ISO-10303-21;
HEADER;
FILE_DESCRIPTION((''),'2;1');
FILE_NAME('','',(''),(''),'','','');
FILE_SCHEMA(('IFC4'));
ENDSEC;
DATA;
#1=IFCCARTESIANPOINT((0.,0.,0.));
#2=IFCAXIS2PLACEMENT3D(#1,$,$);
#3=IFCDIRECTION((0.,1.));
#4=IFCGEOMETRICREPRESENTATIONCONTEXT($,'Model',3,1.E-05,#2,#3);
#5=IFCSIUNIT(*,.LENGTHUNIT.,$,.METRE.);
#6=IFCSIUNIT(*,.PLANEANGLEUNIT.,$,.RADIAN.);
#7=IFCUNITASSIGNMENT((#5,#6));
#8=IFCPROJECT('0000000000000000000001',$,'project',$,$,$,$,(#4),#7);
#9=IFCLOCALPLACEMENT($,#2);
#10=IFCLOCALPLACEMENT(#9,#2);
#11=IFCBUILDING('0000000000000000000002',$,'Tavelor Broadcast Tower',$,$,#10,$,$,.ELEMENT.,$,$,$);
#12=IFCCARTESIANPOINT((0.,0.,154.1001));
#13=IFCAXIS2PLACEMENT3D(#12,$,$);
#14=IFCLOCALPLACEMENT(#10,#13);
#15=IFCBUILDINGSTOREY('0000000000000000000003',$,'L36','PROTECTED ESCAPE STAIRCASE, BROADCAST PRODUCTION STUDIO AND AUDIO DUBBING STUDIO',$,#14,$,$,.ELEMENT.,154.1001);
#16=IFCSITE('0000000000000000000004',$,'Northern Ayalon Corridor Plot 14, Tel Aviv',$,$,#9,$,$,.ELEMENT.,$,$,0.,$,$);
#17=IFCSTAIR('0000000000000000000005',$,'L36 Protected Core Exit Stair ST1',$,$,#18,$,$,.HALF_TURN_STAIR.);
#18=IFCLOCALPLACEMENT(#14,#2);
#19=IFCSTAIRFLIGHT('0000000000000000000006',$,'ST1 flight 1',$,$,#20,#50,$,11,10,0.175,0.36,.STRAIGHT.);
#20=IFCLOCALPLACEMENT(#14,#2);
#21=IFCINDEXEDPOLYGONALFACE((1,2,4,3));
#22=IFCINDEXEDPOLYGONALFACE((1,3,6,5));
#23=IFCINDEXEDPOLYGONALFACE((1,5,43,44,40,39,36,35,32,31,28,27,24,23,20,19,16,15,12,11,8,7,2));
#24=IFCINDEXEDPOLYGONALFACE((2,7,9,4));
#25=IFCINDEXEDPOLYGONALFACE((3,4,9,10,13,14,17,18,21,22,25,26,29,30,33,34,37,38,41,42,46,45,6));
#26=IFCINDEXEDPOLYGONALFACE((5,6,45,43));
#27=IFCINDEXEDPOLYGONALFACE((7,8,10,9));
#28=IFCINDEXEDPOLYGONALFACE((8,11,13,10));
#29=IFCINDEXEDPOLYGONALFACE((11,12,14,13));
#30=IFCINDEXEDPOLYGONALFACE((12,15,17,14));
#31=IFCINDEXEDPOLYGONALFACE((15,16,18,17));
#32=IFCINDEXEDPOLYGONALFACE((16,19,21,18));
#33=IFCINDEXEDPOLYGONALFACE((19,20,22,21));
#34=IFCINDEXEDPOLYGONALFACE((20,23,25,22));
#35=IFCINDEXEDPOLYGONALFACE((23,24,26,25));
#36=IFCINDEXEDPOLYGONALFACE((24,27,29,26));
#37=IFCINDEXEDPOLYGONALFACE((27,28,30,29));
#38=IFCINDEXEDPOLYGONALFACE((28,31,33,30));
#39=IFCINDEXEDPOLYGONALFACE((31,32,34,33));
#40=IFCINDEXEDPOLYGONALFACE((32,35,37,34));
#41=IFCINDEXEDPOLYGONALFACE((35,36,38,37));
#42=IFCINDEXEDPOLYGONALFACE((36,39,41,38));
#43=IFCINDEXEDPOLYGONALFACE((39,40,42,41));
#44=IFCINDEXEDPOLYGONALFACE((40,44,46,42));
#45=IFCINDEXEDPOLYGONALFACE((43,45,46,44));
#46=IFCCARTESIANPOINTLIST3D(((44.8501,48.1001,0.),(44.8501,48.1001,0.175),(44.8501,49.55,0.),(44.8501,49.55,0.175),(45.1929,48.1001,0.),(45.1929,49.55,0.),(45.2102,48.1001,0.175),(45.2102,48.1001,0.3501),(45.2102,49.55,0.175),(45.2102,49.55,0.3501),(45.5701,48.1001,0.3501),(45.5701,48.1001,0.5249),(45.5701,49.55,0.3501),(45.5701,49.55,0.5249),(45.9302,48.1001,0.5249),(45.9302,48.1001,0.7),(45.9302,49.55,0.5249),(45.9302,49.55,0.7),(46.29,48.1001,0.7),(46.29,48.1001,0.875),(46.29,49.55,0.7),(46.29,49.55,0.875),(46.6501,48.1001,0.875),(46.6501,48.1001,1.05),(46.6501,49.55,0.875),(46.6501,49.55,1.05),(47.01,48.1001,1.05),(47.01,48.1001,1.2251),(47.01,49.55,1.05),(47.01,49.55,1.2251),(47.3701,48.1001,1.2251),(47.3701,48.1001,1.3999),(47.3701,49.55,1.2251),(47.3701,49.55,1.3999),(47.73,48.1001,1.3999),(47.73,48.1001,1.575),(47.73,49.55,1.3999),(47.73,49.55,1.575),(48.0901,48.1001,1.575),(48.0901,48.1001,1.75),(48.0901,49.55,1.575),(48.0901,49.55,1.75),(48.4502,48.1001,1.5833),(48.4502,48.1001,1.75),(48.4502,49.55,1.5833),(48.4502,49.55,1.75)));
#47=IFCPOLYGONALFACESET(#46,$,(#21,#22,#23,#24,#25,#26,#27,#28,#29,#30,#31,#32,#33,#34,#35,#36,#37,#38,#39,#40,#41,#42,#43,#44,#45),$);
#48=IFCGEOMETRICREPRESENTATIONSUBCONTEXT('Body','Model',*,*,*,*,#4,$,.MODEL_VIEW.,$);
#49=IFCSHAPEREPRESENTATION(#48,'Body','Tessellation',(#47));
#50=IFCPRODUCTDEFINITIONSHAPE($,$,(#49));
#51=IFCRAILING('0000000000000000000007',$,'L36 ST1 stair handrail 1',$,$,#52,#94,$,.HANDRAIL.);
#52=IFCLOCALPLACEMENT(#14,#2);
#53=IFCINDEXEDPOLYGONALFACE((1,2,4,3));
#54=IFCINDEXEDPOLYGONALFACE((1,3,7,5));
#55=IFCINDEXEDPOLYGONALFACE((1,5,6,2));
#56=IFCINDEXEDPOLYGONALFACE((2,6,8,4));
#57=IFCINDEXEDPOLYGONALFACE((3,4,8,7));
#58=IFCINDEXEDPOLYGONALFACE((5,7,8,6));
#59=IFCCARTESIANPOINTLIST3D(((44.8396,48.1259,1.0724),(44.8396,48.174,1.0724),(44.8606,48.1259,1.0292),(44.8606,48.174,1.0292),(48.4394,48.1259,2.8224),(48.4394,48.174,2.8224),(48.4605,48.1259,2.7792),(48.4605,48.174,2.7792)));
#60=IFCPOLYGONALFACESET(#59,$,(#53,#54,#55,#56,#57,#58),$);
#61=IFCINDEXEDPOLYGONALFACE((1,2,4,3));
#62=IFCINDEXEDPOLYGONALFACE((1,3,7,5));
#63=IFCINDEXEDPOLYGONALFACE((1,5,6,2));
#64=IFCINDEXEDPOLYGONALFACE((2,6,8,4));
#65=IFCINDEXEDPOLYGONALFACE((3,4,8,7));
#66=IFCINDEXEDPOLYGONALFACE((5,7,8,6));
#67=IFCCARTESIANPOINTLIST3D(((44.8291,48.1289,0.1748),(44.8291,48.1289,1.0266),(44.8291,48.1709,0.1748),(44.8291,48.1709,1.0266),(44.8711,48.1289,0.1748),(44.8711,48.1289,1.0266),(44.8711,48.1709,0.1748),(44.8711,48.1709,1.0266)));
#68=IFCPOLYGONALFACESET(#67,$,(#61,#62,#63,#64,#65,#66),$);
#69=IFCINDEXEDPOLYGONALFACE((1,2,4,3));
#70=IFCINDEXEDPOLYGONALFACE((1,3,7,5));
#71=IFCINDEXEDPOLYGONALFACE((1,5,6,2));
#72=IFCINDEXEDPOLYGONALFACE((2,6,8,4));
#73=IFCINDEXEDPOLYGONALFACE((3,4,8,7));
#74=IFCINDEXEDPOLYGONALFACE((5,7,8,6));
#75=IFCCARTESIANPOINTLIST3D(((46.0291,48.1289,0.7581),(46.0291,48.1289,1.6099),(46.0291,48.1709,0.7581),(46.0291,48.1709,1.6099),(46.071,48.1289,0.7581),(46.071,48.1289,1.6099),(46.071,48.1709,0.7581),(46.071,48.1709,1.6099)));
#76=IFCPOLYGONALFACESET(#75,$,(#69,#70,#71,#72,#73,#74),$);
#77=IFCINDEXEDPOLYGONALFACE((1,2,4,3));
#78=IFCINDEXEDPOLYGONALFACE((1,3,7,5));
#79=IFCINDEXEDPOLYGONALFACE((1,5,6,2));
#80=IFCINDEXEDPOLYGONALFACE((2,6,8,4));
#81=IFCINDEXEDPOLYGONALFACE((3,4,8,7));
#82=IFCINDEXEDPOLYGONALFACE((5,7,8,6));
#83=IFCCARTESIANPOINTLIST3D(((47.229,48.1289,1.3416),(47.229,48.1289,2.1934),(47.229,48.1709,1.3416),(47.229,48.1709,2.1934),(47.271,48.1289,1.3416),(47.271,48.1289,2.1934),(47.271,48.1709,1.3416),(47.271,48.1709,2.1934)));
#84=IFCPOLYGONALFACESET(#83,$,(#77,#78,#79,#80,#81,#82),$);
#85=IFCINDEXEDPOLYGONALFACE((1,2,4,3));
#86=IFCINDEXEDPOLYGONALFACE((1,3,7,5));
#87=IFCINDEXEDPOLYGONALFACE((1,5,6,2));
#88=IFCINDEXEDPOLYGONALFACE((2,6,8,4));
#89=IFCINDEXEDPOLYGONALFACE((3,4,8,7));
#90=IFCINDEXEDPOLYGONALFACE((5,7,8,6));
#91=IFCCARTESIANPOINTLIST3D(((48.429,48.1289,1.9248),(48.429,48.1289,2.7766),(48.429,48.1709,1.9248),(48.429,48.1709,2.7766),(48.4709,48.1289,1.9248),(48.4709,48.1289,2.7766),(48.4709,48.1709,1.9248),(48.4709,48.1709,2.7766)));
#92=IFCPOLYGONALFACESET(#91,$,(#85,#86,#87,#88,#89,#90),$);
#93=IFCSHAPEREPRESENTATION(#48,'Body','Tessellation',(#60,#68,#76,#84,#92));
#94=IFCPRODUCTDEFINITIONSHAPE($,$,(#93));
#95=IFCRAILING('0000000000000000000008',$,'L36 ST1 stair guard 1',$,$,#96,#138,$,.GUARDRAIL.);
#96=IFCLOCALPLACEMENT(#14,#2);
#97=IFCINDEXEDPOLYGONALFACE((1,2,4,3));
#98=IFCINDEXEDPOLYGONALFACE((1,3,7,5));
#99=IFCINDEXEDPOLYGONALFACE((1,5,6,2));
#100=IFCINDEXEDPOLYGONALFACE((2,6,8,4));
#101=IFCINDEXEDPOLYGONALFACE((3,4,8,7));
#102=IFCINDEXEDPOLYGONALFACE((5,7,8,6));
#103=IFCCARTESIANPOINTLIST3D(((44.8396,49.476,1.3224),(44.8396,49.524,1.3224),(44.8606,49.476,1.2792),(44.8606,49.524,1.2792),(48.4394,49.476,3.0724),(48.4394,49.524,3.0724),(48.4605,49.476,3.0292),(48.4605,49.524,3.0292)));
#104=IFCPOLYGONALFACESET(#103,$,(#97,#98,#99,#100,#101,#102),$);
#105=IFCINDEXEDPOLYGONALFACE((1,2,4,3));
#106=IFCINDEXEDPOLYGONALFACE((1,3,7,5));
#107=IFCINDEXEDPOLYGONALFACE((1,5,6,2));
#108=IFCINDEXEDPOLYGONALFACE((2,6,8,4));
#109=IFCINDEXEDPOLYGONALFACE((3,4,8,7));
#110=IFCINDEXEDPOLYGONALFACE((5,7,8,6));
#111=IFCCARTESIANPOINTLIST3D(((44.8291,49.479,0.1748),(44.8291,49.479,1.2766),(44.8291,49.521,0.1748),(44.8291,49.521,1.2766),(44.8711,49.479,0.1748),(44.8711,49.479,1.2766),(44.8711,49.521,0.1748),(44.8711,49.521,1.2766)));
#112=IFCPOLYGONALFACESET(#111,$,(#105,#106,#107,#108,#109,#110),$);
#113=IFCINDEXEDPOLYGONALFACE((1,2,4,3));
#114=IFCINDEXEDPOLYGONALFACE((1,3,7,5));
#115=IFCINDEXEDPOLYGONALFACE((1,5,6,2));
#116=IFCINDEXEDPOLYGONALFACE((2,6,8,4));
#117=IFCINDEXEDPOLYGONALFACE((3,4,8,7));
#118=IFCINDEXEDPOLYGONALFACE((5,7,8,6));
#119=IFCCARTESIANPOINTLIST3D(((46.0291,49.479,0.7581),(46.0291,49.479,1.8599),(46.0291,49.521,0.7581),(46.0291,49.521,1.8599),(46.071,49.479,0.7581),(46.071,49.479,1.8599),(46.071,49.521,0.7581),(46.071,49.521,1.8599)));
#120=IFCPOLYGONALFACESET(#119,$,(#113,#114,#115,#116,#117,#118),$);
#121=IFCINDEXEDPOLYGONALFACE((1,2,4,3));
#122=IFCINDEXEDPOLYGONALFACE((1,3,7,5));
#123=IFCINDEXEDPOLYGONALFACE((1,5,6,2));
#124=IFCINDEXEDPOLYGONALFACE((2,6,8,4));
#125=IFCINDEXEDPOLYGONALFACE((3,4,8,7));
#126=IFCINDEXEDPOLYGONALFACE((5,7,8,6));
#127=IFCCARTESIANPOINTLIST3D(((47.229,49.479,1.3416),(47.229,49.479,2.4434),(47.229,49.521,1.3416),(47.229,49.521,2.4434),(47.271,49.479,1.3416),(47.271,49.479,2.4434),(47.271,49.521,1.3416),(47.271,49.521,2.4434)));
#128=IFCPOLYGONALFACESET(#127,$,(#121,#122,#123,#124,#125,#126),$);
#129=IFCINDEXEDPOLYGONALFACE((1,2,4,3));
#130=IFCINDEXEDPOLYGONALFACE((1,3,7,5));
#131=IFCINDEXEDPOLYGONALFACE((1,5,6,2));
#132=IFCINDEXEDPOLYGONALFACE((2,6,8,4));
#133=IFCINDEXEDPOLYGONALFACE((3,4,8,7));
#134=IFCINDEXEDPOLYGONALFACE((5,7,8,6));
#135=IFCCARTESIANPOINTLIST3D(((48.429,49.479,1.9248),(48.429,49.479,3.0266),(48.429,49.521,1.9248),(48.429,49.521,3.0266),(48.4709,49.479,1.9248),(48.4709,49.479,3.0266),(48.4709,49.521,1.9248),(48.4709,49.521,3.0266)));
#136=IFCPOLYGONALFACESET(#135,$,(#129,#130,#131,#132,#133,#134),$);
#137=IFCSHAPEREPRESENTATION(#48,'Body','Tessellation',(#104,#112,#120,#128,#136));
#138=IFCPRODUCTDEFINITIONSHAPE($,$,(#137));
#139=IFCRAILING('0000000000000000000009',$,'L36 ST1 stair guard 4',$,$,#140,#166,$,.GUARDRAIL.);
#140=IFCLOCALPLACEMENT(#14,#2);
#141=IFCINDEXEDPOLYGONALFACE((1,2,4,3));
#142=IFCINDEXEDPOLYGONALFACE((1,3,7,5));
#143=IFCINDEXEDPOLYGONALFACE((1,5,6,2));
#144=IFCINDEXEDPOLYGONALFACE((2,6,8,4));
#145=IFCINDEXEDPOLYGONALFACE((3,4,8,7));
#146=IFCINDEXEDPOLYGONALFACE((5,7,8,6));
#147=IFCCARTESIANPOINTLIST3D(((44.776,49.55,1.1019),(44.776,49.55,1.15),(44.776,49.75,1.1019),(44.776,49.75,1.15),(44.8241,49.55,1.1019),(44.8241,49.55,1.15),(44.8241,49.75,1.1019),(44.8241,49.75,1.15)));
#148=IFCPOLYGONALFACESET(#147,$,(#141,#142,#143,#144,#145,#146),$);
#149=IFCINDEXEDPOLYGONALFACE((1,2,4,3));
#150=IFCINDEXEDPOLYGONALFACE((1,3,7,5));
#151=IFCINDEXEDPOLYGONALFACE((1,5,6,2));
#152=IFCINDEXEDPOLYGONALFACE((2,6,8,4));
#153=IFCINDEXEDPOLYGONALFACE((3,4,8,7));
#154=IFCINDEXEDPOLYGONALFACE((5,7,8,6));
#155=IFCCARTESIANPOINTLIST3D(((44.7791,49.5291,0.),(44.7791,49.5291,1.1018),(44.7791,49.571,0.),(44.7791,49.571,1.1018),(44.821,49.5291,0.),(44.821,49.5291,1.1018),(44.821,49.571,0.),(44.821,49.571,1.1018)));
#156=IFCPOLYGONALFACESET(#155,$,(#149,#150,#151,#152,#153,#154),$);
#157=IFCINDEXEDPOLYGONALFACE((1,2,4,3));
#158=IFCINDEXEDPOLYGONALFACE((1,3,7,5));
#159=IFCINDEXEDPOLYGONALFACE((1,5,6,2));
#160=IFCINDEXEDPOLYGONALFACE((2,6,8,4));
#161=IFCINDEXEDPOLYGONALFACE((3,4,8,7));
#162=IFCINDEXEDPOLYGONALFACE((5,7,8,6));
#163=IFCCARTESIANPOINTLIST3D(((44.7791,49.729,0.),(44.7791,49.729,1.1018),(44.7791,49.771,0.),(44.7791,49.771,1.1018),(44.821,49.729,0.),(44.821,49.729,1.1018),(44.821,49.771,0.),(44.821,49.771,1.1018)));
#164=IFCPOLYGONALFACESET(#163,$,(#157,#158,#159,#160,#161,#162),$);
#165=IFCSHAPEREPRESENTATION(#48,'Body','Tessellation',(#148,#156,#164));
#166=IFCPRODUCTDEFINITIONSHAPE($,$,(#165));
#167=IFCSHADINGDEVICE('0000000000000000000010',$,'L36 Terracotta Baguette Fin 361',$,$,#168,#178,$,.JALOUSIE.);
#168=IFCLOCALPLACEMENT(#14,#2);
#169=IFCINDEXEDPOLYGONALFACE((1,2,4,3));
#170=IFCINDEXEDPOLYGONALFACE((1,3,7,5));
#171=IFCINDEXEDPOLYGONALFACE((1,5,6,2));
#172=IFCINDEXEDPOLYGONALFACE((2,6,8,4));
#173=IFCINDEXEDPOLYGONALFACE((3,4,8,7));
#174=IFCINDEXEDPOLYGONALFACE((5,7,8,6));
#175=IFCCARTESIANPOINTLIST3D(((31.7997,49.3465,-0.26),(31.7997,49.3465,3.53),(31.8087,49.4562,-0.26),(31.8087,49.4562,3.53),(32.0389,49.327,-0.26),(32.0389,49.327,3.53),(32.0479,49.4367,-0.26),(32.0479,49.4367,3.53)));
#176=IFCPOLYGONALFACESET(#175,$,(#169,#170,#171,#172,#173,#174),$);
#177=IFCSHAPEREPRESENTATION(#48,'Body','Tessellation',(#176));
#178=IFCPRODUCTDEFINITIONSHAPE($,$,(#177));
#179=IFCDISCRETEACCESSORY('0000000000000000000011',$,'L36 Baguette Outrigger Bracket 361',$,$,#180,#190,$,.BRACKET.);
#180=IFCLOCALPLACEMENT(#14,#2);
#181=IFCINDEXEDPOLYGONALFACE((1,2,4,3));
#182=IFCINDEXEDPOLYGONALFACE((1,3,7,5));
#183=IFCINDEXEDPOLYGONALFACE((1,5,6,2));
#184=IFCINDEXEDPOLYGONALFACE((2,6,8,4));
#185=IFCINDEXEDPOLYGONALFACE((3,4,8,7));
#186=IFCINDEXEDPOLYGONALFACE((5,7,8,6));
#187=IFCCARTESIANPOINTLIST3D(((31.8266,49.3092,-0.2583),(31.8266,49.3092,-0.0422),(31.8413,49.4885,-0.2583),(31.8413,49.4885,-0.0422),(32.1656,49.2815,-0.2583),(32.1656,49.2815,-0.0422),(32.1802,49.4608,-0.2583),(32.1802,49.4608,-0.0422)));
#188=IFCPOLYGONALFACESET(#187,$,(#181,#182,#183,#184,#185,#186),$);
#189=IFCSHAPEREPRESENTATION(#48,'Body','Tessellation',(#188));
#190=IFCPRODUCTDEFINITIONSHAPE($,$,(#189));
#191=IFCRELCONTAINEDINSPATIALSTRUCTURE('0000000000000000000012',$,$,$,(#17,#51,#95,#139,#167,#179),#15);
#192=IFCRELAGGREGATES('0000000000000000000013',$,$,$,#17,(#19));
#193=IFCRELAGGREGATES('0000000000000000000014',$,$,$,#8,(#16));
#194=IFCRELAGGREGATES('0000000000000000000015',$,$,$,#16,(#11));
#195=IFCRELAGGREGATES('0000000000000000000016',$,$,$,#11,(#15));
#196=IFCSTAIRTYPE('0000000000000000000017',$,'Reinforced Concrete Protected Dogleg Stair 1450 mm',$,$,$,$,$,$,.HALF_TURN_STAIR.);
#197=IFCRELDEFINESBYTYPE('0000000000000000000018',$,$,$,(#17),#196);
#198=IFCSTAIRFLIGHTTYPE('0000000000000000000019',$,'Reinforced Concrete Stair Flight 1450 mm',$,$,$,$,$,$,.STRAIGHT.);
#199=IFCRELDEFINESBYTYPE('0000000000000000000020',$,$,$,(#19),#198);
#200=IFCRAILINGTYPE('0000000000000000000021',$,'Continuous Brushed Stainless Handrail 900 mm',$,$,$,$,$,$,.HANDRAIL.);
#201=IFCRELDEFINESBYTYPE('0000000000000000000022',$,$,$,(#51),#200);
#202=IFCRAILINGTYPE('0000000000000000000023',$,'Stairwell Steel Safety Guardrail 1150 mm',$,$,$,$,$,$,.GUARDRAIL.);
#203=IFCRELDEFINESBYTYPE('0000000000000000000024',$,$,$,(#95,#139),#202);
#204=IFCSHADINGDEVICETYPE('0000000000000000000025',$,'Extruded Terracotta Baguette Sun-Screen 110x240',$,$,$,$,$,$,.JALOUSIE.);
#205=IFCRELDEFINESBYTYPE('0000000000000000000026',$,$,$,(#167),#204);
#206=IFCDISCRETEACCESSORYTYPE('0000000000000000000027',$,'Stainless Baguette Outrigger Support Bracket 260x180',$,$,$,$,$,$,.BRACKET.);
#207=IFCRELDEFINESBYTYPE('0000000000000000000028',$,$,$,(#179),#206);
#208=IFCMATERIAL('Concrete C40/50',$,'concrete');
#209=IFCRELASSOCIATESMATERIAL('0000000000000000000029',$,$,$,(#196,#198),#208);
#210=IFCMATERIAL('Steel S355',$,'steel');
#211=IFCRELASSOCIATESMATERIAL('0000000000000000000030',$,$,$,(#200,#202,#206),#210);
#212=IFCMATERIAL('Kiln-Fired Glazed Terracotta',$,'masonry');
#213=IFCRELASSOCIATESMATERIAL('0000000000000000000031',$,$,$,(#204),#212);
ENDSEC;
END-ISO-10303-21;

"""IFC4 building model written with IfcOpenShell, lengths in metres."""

from ifc_helpers import new_model, si_unit, direction, frame, origin, origin_2d, place, context, subcontext, project, spatial, polyline, rectangle, outline, extrude, source, transform, mapped, material, type_object, type_shapes, element, aggregate, save


model = new_model("IFC4")

# Units and contexts
model_context = context("Model", 3, precision=1e-05, world=origin(), true_north=direction((0.0, 1.0)))
body_context = subcontext(model_context, "Body", "Model", "MODEL_VIEW")
ifc_project = project(units=[si_unit("LENGTHUNIT", "METRE"), si_unit("PLANEANGLEUNIT", "RADIAN")], contexts=[model_context])

# Site, building, storey
site_placement = place(None, origin())
site = spatial("IfcSite", under=ifc_project, at=site_placement, Name="Northern Ayalon Corridor Plot 14, Tel Aviv", CompositionType="ELEMENT", RefElevation=0.0)
building_placement = place(site_placement, origin())
building = spatial("IfcBuilding", under=site, at=building_placement, Name="Tavelor Broadcast Tower", CompositionType="ELEMENT")
storey_placement = place(building_placement, frame((0.0, 0.0, 154.1001)))
storey = spatial("IfcBuildingStorey", under=building, at=storey_placement, Name="L36", Description="PROTECTED ESCAPE STAIRCASE, BROADCAST PRODUCTION STUDIO AND AUDIO DUBBING STUDIO", CompositionType="ELEMENT", Elevation=154.1001)

# Shared definitions
ifc_material_1 = material(Name="Steel S355", Category="steel")

# Stair, stair flight
ifc_material_2 = material(Name="Concrete C40/50", Category="concrete")
stair_type = type_object("IfcStairType", Name="Reinforced Concrete Protected Dogleg Stair 1450 mm", PredefinedType="HALF_TURN_STAIR", material=ifc_material_2)
stair_placement = place(storey_placement, origin())
stair = element("IfcStair", 1, at=stair_placement, inside=storey, type_object=stair_type, Name="L36 Protected Core Exit Stair ST1", PredefinedType="HALF_TURN_STAIR")
stair_flight_type = type_object("IfcStairFlightType", Name="Reinforced Concrete Stair Flight 1450 mm", PredefinedType="STRAIGHT", material=ifc_material_2)
stair_flight_placement = place(storey_placement, frame((44.8501, 48.825, 0.0), z_axis=(0.0, 0.0, 1.0), x_axis=(1.0, 0.0, 0.0)))
stair_flight = element("IfcStairFlight", 2, at=stair_flight_placement, type_object=stair_flight_type, Name="ST1 flight 1", NumberOfRisers=11, NumberOfTreads=10, PredefinedType="STRAIGHT", RiserHeight=0.175, TreadLength=0.36, context=body_context, shape_type="SweptSolid", body=[
    extrude(outline(polyline([(0.0, 0.0), (0.0, 0.175), (0.3601, 0.175), (0.3601, 0.3501), (0.72, 0.3501), (0.72, 0.5249), (1.0801, 0.5249), (1.0801, 0.7), (1.4399, 0.7), (1.4399, 0.875), (1.8, 0.875), (1.8, 1.05), (2.1599, 1.05), (2.1599, 1.2251), (2.52, 1.2251), (2.52, 1.3999), (2.8799, 1.3999), (2.8799, 1.575), (3.24, 1.575), (3.24, 1.75), (3.6001, 1.75), (3.6001, 1.925), (3.6001, 1.5833), (0.3428, 0.0), (0.0, 0.0)])), frame((0.0, 0.7251, 0.0), z_axis=(0.0, -1.0, 0.0), x_axis=(1.0, 0.0, 0.0)), (0.0, 0.0, 1.0), 1.45),
])
aggregate(stair, [stair_flight])

# Railings
railing_type_1 = type_object("IfcRailingType", Name="Continuous Brushed Stainless Handrail 900 mm", PredefinedType="HANDRAIL", material=ifc_material_1)
railing_1_placement = place(storey_placement, frame((44.8501, 48.1499, 0.1748)))
element("IfcRailing", 3, at=railing_1_placement, inside=storey, type_object=railing_type_1, Name="L36 ST1 stair handrail 1", PredefinedType="HANDRAIL", context=body_context, shape_type="SweptSolid", body=[
    extrude(rectangle(XDim=0.0481, YDim=0.0481, at=origin_2d()), frame((0.0, 0.0, 0.876), z_axis=(0.899361, 0.0, 0.437207), x_axis=(0.0, 1.0, 0.0)), (0.0, 0.0, 1.0), 4.0027),
    extrude(rectangle(XDim=0.042, YDim=0.042, at=origin_2d()), origin(), (0.0, 0.0, 1.0), 0.8518),
    extrude(rectangle(XDim=0.042, YDim=0.042, at=origin_2d()), frame((1.2, 0.0, 0.5833)), (0.0, 0.0, 1.0), 0.8518),
    extrude(rectangle(XDim=0.042, YDim=0.042, at=origin_2d()), frame((2.3999, 0.0, 1.1667)), (0.0, 0.0, 1.0), 0.8518),
    extrude(rectangle(XDim=0.042, YDim=0.042, at=origin_2d()), frame((3.5999, 0.0, 1.75)), (0.0, 0.0, 1.0), 0.8518),
])
railing_type_2 = type_object("IfcRailingType", Name="Stairwell Steel Safety Guardrail 1150 mm", PredefinedType="GUARDRAIL", material=ifc_material_1)
railing_2_placement = place(storey_placement, frame((44.8501, 49.5, 0.1748)))
element("IfcRailing", 4, at=railing_2_placement, inside=storey, type_object=railing_type_2, Name="L36 ST1 stair guard 1", PredefinedType="GUARDRAIL", context=body_context, shape_type="SweptSolid", body=[
    extrude(rectangle(XDim=0.0481, YDim=0.0481, at=origin_2d()), frame((0.0, 0.0, 1.126), z_axis=(0.899361, 0.0, 0.437207), x_axis=(0.0, 1.0, 0.0)), (0.0, 0.0, 1.0), 4.0027),
    extrude(rectangle(XDim=0.042, YDim=0.042, at=origin_2d()), origin(), (0.0, 0.0, 1.0), 1.1018),
    extrude(rectangle(XDim=0.042, YDim=0.042, at=origin_2d()), frame((1.2, 0.0, 0.5833)), (0.0, 0.0, 1.0), 1.1018),
    extrude(rectangle(XDim=0.042, YDim=0.042, at=origin_2d()), frame((2.3999, 0.0, 1.1667)), (0.0, 0.0, 1.0), 1.1018),
    extrude(rectangle(XDim=0.042, YDim=0.042, at=origin_2d()), frame((3.5999, 0.0, 1.75)), (0.0, 0.0, 1.0), 1.1018),
])
railing_3_placement = place(storey_placement, frame((44.8, 49.55, 0.0)))
element("IfcRailing", 5, at=railing_3_placement, inside=storey, type_object=railing_type_2, Name="L36 ST1 stair guard 4", PredefinedType="GUARDRAIL", context=body_context, shape_type="SweptSolid", body=[
    extrude(rectangle(XDim=0.0481, YDim=0.0481, at=origin_2d()), frame((0.0, 0.0, 1.126), z_axis=(0.0, 1.0, 0.0), x_axis=(-1.0, 0.0, 0.0)), (0.0, 0.0, 1.0), 0.2),
    extrude(rectangle(XDim=0.042, YDim=0.042, at=origin_2d()), origin(), (0.0, 0.0, 1.0), 1.1018),
    extrude(rectangle(XDim=0.042, YDim=0.042, at=origin_2d()), frame((0.0, 0.2, 0.0)), (0.0, 0.0, 1.0), 1.1018),
])

# Shading device
ifc_material_3 = material(Name="Kiln-Fired Glazed Terracotta", Category="masonry")
shading_device_type = type_object("IfcShadingDeviceType", Name="Extruded Terracotta Baguette Sun-Screen 110x240", PredefinedType="JALOUSIE", material=ifc_material_3)
shared_shape_1 = source(origin(), body_context, "Body", "SweptSolid", [
    extrude(rectangle(XDim=0.1101, YDim=0.24, at=origin_2d()), origin(), (0.0, 0.0, 1.0), 3.79),
])
type_shapes(shading_device_type, [shared_shape_1])
shading_device_placement = place(storey_placement, frame((31.9238, 49.3916, -0.26), z_axis=(0.0, 0.0, 1.0), x_axis=(-0.081417, -0.99668, 0.0)))
element("IfcShadingDevice", 6, at=shading_device_placement, inside=storey, type_object=shading_device_type, Name="L36 Terracotta Baguette Fin 361", PredefinedType="JALOUSIE", context=body_context, shape_type="MappedRepresentation", body=[
    mapped(shared_shape_1, transform((0.0, 0.0, 0.0), scale=1.0)),
])

# Discrete accessory
discrete_accessory_type = type_object("IfcDiscreteAccessoryType", Name="Stainless Baguette Outrigger Support Bracket 260x180", PredefinedType="BRACKET", material=ifc_material_1)
shared_shape_2 = source(origin(), body_context, "Body", "SweptSolid", [
    extrude(rectangle(XDim=0.1799, YDim=0.3401, at=origin_2d()), origin(), (0.0, 0.0, 1.0), 0.2161),
])
type_shapes(discrete_accessory_type, [shared_shape_2])
discrete_accessory_placement = place(storey_placement, frame((32.0034, 49.385, -0.2583), z_axis=(0.0, 0.0, 1.0), x_axis=(-0.081417, -0.99668, 0.0)))
element("IfcDiscreteAccessory", 7, at=discrete_accessory_placement, inside=storey, type_object=discrete_accessory_type, Name="L36 Baguette Outrigger Bracket 361", PredefinedType="BRACKET", context=body_context, shape_type="MappedRepresentation", body=[
    mapped(shared_shape_2, transform((0.0, 0.0, 0.0), scale=1.0)),
])

save(model, "model.ifc")
